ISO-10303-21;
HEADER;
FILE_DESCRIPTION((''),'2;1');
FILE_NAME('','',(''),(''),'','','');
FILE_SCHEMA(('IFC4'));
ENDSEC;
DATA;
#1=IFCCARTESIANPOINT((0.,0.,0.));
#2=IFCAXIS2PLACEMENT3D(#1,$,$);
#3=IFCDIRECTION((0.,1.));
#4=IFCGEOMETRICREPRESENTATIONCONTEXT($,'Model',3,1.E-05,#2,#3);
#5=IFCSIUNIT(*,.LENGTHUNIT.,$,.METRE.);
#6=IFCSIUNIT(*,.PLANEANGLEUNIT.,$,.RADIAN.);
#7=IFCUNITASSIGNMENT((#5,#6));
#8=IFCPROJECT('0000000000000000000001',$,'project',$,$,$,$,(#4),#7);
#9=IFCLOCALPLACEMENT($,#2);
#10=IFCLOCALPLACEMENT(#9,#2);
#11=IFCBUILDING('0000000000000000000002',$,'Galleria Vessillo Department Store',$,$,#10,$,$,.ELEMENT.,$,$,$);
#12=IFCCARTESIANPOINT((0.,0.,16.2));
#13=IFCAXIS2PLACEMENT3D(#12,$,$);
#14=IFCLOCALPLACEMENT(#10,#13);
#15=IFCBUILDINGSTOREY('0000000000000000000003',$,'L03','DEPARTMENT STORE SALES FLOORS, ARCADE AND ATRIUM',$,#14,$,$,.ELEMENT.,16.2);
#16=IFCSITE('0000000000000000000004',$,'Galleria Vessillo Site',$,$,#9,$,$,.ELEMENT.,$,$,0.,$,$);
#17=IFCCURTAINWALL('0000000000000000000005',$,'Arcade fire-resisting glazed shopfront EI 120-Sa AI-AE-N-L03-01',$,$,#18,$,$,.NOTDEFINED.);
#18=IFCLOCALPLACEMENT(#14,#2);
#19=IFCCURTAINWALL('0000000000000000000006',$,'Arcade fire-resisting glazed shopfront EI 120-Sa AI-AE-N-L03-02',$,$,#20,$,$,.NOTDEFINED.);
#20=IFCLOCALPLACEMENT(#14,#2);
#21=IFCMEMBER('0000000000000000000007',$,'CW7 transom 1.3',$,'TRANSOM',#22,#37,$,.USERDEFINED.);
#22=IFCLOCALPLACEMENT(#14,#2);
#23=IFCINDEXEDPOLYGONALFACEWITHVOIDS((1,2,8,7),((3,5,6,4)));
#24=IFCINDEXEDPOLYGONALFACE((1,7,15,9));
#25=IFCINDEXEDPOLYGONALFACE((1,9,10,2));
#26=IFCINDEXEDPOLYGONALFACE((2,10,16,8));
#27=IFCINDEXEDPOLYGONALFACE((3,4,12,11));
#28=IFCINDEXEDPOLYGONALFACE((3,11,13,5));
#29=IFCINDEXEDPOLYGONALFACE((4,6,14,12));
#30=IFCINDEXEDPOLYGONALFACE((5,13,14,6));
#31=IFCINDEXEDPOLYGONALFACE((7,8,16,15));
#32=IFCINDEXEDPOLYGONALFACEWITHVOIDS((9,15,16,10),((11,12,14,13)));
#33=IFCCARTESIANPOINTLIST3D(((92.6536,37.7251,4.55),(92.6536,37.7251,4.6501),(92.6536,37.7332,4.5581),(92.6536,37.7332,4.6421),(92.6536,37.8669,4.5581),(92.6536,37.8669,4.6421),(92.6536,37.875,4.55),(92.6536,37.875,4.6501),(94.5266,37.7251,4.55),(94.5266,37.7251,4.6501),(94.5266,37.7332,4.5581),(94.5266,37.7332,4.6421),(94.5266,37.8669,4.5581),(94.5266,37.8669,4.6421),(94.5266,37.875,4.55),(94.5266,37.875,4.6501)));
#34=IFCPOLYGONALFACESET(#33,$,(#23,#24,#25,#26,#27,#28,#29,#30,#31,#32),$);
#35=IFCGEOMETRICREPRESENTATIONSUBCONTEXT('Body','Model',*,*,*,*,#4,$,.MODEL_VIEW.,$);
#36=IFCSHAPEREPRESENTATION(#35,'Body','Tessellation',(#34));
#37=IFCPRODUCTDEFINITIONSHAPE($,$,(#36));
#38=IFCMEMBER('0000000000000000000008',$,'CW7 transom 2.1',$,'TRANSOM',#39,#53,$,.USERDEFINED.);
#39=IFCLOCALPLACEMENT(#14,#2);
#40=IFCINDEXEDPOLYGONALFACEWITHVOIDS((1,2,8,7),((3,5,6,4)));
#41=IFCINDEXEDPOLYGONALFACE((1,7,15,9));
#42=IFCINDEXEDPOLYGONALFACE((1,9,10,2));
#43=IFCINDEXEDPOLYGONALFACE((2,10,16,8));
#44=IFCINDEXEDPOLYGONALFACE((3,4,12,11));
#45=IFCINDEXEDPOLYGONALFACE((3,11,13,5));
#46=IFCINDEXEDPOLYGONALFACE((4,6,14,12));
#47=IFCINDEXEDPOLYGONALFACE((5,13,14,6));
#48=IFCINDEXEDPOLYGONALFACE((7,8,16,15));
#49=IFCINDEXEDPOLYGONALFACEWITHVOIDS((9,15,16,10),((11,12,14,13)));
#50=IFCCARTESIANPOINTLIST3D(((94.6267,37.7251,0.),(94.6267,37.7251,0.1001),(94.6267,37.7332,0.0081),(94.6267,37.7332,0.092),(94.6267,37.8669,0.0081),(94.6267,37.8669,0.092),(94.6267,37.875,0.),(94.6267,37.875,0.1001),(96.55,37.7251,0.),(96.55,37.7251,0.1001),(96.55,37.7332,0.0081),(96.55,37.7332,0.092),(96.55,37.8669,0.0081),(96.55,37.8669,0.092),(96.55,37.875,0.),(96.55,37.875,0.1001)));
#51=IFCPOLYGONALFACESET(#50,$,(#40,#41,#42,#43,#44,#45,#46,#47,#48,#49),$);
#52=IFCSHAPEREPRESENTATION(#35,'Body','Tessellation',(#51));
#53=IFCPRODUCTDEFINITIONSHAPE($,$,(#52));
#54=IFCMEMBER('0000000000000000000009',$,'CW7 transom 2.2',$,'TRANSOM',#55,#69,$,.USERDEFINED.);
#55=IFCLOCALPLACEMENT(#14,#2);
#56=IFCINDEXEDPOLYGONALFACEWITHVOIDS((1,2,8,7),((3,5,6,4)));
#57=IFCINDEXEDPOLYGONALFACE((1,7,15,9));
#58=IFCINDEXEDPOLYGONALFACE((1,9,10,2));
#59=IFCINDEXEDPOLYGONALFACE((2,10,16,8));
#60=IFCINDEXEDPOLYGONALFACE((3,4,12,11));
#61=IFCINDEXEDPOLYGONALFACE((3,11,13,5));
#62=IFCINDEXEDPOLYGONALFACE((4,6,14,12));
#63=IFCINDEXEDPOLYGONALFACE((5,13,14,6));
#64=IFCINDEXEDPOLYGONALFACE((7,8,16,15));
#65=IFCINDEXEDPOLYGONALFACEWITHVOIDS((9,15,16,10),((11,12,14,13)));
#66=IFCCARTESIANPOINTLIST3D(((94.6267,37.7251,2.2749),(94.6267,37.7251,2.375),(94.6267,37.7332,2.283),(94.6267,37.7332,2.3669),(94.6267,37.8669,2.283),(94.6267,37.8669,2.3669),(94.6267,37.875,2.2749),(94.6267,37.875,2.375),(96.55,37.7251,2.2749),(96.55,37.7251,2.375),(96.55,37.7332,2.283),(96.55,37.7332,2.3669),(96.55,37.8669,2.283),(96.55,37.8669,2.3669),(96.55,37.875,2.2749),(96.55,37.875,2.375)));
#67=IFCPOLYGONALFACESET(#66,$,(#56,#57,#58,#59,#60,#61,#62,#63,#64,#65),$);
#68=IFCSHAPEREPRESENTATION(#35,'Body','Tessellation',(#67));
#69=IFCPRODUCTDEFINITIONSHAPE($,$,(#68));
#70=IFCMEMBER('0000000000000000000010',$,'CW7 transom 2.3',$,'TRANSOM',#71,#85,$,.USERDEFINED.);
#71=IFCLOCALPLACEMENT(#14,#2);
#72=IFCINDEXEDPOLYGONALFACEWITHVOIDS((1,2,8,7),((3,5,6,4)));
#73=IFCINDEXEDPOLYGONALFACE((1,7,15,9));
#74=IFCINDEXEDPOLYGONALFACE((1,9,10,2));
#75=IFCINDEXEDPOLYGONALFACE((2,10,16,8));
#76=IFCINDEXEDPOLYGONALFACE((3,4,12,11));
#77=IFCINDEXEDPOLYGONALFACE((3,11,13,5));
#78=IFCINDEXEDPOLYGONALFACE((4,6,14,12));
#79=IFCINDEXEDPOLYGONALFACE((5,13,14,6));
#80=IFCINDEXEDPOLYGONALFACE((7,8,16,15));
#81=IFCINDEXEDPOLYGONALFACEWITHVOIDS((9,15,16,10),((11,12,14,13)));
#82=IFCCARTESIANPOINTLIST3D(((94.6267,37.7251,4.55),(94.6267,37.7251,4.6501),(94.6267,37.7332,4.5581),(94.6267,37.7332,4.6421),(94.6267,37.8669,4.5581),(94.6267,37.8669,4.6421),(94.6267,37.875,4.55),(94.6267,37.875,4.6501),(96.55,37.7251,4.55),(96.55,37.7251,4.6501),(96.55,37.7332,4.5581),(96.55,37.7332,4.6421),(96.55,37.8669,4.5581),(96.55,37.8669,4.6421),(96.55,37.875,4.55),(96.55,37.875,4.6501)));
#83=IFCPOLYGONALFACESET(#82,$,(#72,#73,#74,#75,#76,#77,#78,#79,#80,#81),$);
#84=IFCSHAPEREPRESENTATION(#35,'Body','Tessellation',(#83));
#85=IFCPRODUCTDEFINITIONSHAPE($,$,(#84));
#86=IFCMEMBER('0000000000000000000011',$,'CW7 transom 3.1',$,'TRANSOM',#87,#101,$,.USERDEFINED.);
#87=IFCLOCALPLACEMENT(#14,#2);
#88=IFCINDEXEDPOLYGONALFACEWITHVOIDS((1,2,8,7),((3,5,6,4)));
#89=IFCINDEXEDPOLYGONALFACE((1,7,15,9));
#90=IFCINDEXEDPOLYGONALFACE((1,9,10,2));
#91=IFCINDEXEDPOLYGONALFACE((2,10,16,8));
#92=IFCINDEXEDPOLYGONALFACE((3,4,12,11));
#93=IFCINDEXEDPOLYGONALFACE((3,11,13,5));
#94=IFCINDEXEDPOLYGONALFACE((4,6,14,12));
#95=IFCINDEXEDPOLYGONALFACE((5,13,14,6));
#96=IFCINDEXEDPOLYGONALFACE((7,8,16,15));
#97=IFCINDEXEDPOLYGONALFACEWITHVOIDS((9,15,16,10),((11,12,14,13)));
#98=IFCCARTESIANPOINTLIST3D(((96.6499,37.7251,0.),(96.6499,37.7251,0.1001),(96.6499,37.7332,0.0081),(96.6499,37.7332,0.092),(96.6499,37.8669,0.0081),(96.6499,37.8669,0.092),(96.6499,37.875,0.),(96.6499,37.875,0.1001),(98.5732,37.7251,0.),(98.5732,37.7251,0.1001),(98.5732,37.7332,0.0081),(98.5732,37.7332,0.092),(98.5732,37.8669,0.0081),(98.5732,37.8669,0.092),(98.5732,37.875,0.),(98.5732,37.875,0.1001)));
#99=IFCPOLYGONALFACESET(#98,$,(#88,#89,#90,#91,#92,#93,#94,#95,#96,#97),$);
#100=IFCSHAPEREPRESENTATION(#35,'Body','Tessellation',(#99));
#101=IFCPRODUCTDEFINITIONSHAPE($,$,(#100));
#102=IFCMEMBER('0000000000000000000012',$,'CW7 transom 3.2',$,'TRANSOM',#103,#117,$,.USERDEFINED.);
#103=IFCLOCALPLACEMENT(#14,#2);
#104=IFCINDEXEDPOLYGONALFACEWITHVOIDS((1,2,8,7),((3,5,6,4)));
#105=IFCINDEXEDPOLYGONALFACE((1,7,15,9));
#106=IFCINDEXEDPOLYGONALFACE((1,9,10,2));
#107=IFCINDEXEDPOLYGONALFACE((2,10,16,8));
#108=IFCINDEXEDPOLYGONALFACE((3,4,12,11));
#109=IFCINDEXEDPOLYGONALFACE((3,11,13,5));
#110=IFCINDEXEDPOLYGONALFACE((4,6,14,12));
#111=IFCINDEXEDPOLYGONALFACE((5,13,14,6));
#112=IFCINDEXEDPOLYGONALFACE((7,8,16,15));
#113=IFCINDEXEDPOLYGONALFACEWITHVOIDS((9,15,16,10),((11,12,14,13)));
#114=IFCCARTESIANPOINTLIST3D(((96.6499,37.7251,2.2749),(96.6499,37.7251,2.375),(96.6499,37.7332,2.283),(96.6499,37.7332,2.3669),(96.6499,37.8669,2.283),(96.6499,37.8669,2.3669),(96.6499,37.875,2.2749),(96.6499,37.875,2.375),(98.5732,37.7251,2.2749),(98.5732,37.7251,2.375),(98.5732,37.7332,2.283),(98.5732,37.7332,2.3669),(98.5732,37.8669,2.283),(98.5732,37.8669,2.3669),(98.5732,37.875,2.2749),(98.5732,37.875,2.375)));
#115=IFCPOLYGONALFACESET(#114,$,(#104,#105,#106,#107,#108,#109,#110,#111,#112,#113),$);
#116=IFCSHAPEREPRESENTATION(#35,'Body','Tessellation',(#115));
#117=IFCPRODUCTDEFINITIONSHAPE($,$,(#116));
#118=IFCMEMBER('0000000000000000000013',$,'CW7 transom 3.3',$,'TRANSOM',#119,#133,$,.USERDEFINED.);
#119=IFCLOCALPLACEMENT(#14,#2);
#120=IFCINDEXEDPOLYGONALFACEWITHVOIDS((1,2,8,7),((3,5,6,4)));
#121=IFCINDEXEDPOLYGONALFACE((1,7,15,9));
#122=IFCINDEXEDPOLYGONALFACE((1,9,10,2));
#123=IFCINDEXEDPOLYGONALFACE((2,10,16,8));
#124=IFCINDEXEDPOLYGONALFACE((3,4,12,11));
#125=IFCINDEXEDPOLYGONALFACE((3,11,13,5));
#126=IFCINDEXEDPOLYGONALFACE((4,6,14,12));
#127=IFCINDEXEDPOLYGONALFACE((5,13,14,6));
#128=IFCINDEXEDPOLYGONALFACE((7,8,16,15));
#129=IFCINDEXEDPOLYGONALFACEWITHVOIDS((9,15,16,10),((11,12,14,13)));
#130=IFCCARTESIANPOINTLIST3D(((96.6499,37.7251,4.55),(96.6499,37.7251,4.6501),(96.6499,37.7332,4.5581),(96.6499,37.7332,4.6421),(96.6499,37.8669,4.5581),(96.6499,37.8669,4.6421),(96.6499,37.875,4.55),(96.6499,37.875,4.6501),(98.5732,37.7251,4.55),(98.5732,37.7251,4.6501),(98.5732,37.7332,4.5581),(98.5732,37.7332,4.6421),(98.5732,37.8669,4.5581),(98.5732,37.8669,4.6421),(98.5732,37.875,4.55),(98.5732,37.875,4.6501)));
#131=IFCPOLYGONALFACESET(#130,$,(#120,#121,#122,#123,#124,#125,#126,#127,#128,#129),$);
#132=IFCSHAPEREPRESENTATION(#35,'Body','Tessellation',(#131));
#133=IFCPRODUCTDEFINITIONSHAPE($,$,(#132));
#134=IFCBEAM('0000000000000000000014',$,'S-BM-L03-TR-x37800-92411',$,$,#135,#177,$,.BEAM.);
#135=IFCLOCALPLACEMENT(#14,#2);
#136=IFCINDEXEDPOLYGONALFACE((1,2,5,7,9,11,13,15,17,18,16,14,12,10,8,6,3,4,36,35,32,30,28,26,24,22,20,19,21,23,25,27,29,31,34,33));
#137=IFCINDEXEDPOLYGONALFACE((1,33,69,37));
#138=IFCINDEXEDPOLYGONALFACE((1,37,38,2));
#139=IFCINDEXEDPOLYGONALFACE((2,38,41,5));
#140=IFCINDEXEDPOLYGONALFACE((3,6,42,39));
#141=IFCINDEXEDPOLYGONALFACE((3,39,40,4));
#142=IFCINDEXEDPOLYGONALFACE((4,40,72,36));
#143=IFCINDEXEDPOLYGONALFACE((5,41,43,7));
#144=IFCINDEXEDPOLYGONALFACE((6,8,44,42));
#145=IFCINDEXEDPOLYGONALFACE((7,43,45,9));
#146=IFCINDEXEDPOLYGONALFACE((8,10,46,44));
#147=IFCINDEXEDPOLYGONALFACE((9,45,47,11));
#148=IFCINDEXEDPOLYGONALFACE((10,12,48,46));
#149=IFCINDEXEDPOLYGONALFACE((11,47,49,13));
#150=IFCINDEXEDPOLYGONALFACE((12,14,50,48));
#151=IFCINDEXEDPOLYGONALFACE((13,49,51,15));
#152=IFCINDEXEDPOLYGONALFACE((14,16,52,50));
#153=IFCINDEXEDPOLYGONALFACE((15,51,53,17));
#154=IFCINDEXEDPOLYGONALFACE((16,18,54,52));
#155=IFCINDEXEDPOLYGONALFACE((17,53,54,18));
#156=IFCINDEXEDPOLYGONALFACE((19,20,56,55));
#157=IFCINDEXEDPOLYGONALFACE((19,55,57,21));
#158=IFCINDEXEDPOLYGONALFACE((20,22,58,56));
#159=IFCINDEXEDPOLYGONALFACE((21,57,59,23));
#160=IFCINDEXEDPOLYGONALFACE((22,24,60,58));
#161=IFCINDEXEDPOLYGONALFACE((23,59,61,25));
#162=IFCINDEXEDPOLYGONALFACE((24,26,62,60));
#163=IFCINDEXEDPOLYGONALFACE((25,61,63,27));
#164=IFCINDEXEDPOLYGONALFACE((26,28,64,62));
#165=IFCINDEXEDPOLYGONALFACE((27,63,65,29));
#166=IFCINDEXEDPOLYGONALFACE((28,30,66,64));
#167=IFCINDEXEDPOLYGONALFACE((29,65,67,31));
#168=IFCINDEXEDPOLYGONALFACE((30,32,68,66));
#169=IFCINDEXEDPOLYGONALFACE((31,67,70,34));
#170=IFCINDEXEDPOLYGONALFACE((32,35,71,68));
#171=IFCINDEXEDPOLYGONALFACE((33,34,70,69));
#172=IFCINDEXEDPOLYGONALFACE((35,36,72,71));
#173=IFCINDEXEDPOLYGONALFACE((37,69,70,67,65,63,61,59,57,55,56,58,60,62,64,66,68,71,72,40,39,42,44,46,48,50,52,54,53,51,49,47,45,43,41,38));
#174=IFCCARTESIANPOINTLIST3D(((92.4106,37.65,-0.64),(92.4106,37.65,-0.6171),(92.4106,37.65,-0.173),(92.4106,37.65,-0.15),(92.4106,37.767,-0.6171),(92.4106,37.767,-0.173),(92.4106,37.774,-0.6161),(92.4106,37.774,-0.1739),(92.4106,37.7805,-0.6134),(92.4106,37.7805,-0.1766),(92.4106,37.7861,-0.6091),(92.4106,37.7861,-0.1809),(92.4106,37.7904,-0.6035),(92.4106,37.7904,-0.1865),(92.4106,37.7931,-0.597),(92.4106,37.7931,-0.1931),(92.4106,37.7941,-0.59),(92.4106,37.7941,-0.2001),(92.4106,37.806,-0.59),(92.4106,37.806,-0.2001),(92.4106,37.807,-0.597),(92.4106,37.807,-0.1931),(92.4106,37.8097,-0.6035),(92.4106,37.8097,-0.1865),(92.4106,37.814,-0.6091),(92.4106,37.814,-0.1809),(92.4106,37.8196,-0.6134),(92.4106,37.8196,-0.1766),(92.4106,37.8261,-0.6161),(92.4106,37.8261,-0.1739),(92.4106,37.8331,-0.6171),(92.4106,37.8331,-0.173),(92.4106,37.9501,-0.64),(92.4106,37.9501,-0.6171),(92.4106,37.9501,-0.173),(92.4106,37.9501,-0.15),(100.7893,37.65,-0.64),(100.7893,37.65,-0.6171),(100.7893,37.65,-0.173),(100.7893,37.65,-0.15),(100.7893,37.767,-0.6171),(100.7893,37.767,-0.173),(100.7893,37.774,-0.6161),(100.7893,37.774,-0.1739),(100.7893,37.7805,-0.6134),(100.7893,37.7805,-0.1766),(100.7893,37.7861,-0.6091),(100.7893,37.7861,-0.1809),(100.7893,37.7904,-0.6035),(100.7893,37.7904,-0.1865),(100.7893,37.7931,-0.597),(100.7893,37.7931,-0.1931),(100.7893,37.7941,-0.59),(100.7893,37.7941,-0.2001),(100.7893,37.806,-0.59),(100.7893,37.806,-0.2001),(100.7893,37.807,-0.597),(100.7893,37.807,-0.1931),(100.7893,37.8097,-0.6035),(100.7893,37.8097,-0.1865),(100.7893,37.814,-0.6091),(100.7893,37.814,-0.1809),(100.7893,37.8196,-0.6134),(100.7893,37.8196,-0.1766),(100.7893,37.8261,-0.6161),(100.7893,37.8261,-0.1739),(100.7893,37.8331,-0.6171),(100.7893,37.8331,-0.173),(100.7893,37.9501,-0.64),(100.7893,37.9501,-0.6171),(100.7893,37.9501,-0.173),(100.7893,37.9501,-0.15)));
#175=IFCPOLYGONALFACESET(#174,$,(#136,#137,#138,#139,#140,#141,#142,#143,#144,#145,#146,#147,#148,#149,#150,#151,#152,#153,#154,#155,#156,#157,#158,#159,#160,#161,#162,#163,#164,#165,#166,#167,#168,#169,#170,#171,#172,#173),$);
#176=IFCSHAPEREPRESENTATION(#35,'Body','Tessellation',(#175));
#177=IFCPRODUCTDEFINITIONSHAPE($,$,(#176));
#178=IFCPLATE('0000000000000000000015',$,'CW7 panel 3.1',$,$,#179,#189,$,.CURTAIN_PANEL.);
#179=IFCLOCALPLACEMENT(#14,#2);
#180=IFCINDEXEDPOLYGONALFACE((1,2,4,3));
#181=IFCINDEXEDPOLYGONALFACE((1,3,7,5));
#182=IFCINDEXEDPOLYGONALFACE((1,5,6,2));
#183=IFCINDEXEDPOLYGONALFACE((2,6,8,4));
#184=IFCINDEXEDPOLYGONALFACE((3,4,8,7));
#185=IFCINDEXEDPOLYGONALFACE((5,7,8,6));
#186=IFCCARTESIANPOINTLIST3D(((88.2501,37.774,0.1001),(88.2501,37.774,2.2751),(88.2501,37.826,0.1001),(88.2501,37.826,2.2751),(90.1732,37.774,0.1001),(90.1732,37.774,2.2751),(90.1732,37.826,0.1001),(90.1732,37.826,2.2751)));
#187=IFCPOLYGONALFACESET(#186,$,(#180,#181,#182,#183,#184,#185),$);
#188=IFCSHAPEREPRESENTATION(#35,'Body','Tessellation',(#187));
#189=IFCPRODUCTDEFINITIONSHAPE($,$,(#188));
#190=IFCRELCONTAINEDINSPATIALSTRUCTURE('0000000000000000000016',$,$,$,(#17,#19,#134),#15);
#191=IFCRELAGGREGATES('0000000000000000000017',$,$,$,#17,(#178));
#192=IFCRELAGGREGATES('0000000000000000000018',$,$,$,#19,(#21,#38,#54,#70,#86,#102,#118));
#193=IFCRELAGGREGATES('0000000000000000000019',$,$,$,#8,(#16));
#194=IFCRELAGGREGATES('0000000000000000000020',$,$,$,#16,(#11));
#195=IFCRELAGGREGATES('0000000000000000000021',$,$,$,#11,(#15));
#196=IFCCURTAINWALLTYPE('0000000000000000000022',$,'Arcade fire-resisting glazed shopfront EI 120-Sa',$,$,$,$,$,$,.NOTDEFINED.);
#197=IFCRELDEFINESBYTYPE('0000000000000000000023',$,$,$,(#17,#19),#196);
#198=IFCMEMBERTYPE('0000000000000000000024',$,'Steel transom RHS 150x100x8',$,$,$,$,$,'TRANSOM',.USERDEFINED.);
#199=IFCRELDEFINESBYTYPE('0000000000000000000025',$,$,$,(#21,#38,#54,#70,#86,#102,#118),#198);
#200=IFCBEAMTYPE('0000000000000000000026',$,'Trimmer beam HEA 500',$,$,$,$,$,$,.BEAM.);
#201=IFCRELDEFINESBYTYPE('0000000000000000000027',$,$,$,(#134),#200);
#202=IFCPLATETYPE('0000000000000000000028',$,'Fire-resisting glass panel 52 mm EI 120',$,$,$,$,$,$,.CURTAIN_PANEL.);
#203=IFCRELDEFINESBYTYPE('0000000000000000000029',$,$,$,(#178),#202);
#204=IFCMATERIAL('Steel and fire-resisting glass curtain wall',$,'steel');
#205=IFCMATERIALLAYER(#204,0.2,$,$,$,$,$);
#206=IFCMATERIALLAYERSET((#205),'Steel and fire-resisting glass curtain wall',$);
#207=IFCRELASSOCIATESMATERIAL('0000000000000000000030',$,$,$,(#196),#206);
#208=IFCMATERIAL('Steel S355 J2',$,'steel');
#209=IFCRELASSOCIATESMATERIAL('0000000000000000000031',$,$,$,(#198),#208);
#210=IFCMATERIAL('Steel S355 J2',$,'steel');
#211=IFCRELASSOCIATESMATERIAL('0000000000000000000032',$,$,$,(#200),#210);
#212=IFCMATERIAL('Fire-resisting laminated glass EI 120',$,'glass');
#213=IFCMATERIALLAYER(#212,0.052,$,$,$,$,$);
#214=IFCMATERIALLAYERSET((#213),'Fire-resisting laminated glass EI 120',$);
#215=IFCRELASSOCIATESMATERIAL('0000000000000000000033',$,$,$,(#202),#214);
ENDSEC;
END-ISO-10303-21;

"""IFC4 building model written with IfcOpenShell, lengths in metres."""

from ifc_helpers import new_model, si_unit, direction, frame, origin, origin_2d, place, context, subcontext, project, spatial, rectangle, hollow_rectangle, i_section, extrude, material, layer, layer_set, material_profile, profile_set, type_object, element, aggregate, save


model = new_model("IFC4")

# Units and contexts
model_context = context("Model", 3, precision=1e-05, world=origin(), true_north=direction((0.0, 1.0)))
body_context = subcontext(model_context, "Body", "Model", "MODEL_VIEW")
ifc_project = project(units=[si_unit("LENGTHUNIT", "METRE"), si_unit("PLANEANGLEUNIT", "RADIAN")], contexts=[model_context])

# Site, building, storey
site_placement = place(None, origin())
site = spatial("IfcSite", under=ifc_project, at=site_placement, Name="Galleria Vessillo Site", CompositionType="ELEMENT", RefElevation=0.0)
building_placement = place(site_placement, origin())
building = spatial("IfcBuilding", under=site, at=building_placement, Name="Galleria Vessillo Department Store", CompositionType="ELEMENT")
storey_placement = place(building_placement, frame((0.0, 0.0, 16.2)))
storey = spatial("IfcBuildingStorey", under=building, at=storey_placement, Name="L03", Description="DEPARTMENT STORE SALES FLOORS, ARCADE AND ATRIUM", CompositionType="ELEMENT", Elevation=16.2)

# Curtain walls
ifc_material_1 = material(Name="Steel and fire-resisting glass curtain wall", Category="steel")
ifc_layer_1 = layer(ifc_material_1, 0.2)
ifc_layer_set_1 = layer_set([ifc_layer_1], Name="Steel and fire-resisting glass curtain wall")
curtain_wall_type = type_object("IfcCurtainWallType", Name="Arcade fire-resisting glazed shopfront EI 120-Sa", PredefinedType="NOTDEFINED", material=ifc_layer_set_1)
curtain_wall_1_placement = place(storey_placement, origin())
curtain_wall_1 = element("IfcCurtainWall", 1, at=curtain_wall_1_placement, inside=storey, type_object=curtain_wall_type, Name="Arcade fire-resisting glazed shopfront EI 120-Sa AI-AE-N-L03-01", PredefinedType="NOTDEFINED")
curtain_wall_2_placement = place(storey_placement, origin())
curtain_wall_2 = element("IfcCurtainWall", 2, at=curtain_wall_2_placement, inside=storey, type_object=curtain_wall_type, Name="Arcade fire-resisting glazed shopfront EI 120-Sa AI-AE-N-L03-02", PredefinedType="NOTDEFINED")

# Members
ifc_material_2 = material(Name="Steel S355 J2", Category="steel")
ifc_material_profile_1 = material_profile(ifc_material_2, hollow_rectangle(XDim=0.1499, YDim=0.1001, WallThickness=0.0081, at=origin_2d()), Name="RHS 150x100x8")
ifc_profile_set_1 = profile_set([ifc_material_profile_1], Name="Steel S355 J2")
member_type_1 = type_object("IfcMemberType", Name="Steel transom RHS 150x100x8", ElementType="TRANSOM", PredefinedType="USERDEFINED", material=ifc_profile_set_1)
member_1_placement = place(storey_placement, frame((92.6536, 37.8, 4.6001), z_axis=(1.0, 0.0, 0.0), x_axis=(0.0, 1.0, 0.0)))
member_1 = element("IfcMember", 3, at=member_1_placement, type_object=member_type_1, Name="CW7 transom 1.3", ObjectType="TRANSOM", PredefinedType="USERDEFINED", context=body_context, shape_type="SweptSolid", body=[
    extrude(hollow_rectangle(XDim=0.1499, YDim=0.1001, WallThickness=0.0081, at=origin_2d()), origin(), (0.0, 0.0, 1.0), 1.873),
])
member_2_placement = place(storey_placement, frame((94.6267, 37.8, 0.05), z_axis=(1.0, 0.0, 0.0), x_axis=(0.0, 1.0, 0.0)))
member_2 = element("IfcMember", 4, at=member_2_placement, type_object=member_type_1, Name="CW7 transom 2.1", ObjectType="TRANSOM", PredefinedType="USERDEFINED", context=body_context, shape_type="SweptSolid", body=[
    extrude(hollow_rectangle(XDim=0.1499, YDim=0.1001, WallThickness=0.0081, at=origin_2d()), origin(), (0.0, 0.0, 1.0), 1.9233),
])
member_3_placement = place(storey_placement, frame((94.6267, 37.8, 2.325), z_axis=(1.0, 0.0, 0.0), x_axis=(0.0, 1.0, 0.0)))
member_3 = element("IfcMember", 5, at=member_3_placement, type_object=member_type_1, Name="CW7 transom 2.2", ObjectType="TRANSOM", PredefinedType="USERDEFINED", context=body_context, shape_type="SweptSolid", body=[
    extrude(hollow_rectangle(XDim=0.1499, YDim=0.1001, WallThickness=0.0081, at=origin_2d()), origin(), (0.0, 0.0, 1.0), 1.9233),
])
member_4_placement = place(storey_placement, frame((94.6267, 37.8, 4.6001), z_axis=(1.0, 0.0, 0.0), x_axis=(0.0, 1.0, 0.0)))
member_4 = element("IfcMember", 6, at=member_4_placement, type_object=member_type_1, Name="CW7 transom 2.3", ObjectType="TRANSOM", PredefinedType="USERDEFINED", context=body_context, shape_type="SweptSolid", body=[
    extrude(hollow_rectangle(XDim=0.1499, YDim=0.1001, WallThickness=0.0081, at=origin_2d()), origin(), (0.0, 0.0, 1.0), 1.9233),
])
member_5_placement = place(storey_placement, frame((96.6499, 37.8, 0.05), z_axis=(1.0, 0.0, 0.0), x_axis=(0.0, 1.0, 0.0)))
member_5 = element("IfcMember", 7, at=member_5_placement, type_object=member_type_1, Name="CW7 transom 3.1", ObjectType="TRANSOM", PredefinedType="USERDEFINED", context=body_context, shape_type="SweptSolid", body=[
    extrude(hollow_rectangle(XDim=0.1499, YDim=0.1001, WallThickness=0.0081, at=origin_2d()), origin(), (0.0, 0.0, 1.0), 1.9233),
])
member_6_placement = place(storey_placement, frame((96.6499, 37.8, 2.325), z_axis=(1.0, 0.0, 0.0), x_axis=(0.0, 1.0, 0.0)))
member_6 = element("IfcMember", 8, at=member_6_placement, type_object=member_type_1, Name="CW7 transom 3.2", ObjectType="TRANSOM", PredefinedType="USERDEFINED", context=body_context, shape_type="SweptSolid", body=[
    extrude(hollow_rectangle(XDim=0.1499, YDim=0.1001, WallThickness=0.0081, at=origin_2d()), origin(), (0.0, 0.0, 1.0), 1.9233),
])
member_7_placement = place(storey_placement, frame((96.6499, 37.8, 4.6001), z_axis=(1.0, 0.0, 0.0), x_axis=(0.0, 1.0, 0.0)))
member_7 = element("IfcMember", 9, at=member_7_placement, type_object=member_type_1, Name="CW7 transom 3.3", ObjectType="TRANSOM", PredefinedType="USERDEFINED", context=body_context, shape_type="SweptSolid", body=[
    extrude(hollow_rectangle(XDim=0.1499, YDim=0.1001, WallThickness=0.0081, at=origin_2d()), origin(), (0.0, 0.0, 1.0), 1.9233),
])

# Beam
ifc_material_3 = material(Name="Steel S355 J2", Category="steel")
ifc_material_profile_2 = material_profile(ifc_material_3, i_section(OverallWidth=0.3, OverallDepth=0.49, WebThickness=0.012, FlangeThickness=0.0229, FilletRadius=0.0271, at=origin_2d()), Name="HEA 500")
ifc_profile_set_2 = profile_set([ifc_material_profile_2], Name="Steel S355 J2")
beam_type_1 = type_object("IfcBeamType", Name="Trimmer beam HEA 500", PredefinedType="BEAM", material=ifc_profile_set_2)
beam_1_placement = place(storey_placement, frame((92.4106, 37.8, -0.395), z_axis=(1.0, 0.0, 0.0), x_axis=(0.0, 1.0, 0.0)))
element("IfcBeam", 10, at=beam_1_placement, inside=storey, type_object=beam_type_1, Name="S-BM-L03-TR-x37800-92411", PredefinedType="BEAM", context=body_context, shape_type="SweptSolid", body=[
    extrude(i_section(OverallWidth=0.3, OverallDepth=0.49, WebThickness=0.012, FlangeThickness=0.0229, FilletRadius=0.0271, at=origin_2d()), origin(), (0.0, 0.0, 1.0), 8.3787),
])

# Plate
ifc_material_4 = material(Name="Fire-resisting laminated glass EI 120", Category="glass")
ifc_layer_2 = layer(ifc_material_4, 0.052)
ifc_layer_set_2 = layer_set([ifc_layer_2], Name="Fire-resisting laminated glass EI 120")
plate_type = type_object("IfcPlateType", Name="Fire-resisting glass panel 52 mm EI 120", PredefinedType="CURTAIN_PANEL", material=ifc_layer_set_2)
plate_1_placement = place(storey_placement, frame((89.2117, 37.8, 0.1001), z_axis=(0.0, 0.0, 1.0), x_axis=(1.0, 0.0, 0.0)))
plate_1 = element("IfcPlate", 11, at=plate_1_placement, type_object=plate_type, Name="CW7 panel 3.1", PredefinedType="CURTAIN_PANEL", context=body_context, shape_type="SweptSolid", body=[
    extrude(rectangle(XDim=1.9231, YDim=0.052, at=origin_2d()), origin(), (0.0, 0.0, 1.0), 2.175),
])
aggregate(curtain_wall_1, [plate_1])
aggregate(curtain_wall_2, [member_1, member_2, member_3, member_4, member_5, member_6, member_7])

save(model, "model.ifc")
